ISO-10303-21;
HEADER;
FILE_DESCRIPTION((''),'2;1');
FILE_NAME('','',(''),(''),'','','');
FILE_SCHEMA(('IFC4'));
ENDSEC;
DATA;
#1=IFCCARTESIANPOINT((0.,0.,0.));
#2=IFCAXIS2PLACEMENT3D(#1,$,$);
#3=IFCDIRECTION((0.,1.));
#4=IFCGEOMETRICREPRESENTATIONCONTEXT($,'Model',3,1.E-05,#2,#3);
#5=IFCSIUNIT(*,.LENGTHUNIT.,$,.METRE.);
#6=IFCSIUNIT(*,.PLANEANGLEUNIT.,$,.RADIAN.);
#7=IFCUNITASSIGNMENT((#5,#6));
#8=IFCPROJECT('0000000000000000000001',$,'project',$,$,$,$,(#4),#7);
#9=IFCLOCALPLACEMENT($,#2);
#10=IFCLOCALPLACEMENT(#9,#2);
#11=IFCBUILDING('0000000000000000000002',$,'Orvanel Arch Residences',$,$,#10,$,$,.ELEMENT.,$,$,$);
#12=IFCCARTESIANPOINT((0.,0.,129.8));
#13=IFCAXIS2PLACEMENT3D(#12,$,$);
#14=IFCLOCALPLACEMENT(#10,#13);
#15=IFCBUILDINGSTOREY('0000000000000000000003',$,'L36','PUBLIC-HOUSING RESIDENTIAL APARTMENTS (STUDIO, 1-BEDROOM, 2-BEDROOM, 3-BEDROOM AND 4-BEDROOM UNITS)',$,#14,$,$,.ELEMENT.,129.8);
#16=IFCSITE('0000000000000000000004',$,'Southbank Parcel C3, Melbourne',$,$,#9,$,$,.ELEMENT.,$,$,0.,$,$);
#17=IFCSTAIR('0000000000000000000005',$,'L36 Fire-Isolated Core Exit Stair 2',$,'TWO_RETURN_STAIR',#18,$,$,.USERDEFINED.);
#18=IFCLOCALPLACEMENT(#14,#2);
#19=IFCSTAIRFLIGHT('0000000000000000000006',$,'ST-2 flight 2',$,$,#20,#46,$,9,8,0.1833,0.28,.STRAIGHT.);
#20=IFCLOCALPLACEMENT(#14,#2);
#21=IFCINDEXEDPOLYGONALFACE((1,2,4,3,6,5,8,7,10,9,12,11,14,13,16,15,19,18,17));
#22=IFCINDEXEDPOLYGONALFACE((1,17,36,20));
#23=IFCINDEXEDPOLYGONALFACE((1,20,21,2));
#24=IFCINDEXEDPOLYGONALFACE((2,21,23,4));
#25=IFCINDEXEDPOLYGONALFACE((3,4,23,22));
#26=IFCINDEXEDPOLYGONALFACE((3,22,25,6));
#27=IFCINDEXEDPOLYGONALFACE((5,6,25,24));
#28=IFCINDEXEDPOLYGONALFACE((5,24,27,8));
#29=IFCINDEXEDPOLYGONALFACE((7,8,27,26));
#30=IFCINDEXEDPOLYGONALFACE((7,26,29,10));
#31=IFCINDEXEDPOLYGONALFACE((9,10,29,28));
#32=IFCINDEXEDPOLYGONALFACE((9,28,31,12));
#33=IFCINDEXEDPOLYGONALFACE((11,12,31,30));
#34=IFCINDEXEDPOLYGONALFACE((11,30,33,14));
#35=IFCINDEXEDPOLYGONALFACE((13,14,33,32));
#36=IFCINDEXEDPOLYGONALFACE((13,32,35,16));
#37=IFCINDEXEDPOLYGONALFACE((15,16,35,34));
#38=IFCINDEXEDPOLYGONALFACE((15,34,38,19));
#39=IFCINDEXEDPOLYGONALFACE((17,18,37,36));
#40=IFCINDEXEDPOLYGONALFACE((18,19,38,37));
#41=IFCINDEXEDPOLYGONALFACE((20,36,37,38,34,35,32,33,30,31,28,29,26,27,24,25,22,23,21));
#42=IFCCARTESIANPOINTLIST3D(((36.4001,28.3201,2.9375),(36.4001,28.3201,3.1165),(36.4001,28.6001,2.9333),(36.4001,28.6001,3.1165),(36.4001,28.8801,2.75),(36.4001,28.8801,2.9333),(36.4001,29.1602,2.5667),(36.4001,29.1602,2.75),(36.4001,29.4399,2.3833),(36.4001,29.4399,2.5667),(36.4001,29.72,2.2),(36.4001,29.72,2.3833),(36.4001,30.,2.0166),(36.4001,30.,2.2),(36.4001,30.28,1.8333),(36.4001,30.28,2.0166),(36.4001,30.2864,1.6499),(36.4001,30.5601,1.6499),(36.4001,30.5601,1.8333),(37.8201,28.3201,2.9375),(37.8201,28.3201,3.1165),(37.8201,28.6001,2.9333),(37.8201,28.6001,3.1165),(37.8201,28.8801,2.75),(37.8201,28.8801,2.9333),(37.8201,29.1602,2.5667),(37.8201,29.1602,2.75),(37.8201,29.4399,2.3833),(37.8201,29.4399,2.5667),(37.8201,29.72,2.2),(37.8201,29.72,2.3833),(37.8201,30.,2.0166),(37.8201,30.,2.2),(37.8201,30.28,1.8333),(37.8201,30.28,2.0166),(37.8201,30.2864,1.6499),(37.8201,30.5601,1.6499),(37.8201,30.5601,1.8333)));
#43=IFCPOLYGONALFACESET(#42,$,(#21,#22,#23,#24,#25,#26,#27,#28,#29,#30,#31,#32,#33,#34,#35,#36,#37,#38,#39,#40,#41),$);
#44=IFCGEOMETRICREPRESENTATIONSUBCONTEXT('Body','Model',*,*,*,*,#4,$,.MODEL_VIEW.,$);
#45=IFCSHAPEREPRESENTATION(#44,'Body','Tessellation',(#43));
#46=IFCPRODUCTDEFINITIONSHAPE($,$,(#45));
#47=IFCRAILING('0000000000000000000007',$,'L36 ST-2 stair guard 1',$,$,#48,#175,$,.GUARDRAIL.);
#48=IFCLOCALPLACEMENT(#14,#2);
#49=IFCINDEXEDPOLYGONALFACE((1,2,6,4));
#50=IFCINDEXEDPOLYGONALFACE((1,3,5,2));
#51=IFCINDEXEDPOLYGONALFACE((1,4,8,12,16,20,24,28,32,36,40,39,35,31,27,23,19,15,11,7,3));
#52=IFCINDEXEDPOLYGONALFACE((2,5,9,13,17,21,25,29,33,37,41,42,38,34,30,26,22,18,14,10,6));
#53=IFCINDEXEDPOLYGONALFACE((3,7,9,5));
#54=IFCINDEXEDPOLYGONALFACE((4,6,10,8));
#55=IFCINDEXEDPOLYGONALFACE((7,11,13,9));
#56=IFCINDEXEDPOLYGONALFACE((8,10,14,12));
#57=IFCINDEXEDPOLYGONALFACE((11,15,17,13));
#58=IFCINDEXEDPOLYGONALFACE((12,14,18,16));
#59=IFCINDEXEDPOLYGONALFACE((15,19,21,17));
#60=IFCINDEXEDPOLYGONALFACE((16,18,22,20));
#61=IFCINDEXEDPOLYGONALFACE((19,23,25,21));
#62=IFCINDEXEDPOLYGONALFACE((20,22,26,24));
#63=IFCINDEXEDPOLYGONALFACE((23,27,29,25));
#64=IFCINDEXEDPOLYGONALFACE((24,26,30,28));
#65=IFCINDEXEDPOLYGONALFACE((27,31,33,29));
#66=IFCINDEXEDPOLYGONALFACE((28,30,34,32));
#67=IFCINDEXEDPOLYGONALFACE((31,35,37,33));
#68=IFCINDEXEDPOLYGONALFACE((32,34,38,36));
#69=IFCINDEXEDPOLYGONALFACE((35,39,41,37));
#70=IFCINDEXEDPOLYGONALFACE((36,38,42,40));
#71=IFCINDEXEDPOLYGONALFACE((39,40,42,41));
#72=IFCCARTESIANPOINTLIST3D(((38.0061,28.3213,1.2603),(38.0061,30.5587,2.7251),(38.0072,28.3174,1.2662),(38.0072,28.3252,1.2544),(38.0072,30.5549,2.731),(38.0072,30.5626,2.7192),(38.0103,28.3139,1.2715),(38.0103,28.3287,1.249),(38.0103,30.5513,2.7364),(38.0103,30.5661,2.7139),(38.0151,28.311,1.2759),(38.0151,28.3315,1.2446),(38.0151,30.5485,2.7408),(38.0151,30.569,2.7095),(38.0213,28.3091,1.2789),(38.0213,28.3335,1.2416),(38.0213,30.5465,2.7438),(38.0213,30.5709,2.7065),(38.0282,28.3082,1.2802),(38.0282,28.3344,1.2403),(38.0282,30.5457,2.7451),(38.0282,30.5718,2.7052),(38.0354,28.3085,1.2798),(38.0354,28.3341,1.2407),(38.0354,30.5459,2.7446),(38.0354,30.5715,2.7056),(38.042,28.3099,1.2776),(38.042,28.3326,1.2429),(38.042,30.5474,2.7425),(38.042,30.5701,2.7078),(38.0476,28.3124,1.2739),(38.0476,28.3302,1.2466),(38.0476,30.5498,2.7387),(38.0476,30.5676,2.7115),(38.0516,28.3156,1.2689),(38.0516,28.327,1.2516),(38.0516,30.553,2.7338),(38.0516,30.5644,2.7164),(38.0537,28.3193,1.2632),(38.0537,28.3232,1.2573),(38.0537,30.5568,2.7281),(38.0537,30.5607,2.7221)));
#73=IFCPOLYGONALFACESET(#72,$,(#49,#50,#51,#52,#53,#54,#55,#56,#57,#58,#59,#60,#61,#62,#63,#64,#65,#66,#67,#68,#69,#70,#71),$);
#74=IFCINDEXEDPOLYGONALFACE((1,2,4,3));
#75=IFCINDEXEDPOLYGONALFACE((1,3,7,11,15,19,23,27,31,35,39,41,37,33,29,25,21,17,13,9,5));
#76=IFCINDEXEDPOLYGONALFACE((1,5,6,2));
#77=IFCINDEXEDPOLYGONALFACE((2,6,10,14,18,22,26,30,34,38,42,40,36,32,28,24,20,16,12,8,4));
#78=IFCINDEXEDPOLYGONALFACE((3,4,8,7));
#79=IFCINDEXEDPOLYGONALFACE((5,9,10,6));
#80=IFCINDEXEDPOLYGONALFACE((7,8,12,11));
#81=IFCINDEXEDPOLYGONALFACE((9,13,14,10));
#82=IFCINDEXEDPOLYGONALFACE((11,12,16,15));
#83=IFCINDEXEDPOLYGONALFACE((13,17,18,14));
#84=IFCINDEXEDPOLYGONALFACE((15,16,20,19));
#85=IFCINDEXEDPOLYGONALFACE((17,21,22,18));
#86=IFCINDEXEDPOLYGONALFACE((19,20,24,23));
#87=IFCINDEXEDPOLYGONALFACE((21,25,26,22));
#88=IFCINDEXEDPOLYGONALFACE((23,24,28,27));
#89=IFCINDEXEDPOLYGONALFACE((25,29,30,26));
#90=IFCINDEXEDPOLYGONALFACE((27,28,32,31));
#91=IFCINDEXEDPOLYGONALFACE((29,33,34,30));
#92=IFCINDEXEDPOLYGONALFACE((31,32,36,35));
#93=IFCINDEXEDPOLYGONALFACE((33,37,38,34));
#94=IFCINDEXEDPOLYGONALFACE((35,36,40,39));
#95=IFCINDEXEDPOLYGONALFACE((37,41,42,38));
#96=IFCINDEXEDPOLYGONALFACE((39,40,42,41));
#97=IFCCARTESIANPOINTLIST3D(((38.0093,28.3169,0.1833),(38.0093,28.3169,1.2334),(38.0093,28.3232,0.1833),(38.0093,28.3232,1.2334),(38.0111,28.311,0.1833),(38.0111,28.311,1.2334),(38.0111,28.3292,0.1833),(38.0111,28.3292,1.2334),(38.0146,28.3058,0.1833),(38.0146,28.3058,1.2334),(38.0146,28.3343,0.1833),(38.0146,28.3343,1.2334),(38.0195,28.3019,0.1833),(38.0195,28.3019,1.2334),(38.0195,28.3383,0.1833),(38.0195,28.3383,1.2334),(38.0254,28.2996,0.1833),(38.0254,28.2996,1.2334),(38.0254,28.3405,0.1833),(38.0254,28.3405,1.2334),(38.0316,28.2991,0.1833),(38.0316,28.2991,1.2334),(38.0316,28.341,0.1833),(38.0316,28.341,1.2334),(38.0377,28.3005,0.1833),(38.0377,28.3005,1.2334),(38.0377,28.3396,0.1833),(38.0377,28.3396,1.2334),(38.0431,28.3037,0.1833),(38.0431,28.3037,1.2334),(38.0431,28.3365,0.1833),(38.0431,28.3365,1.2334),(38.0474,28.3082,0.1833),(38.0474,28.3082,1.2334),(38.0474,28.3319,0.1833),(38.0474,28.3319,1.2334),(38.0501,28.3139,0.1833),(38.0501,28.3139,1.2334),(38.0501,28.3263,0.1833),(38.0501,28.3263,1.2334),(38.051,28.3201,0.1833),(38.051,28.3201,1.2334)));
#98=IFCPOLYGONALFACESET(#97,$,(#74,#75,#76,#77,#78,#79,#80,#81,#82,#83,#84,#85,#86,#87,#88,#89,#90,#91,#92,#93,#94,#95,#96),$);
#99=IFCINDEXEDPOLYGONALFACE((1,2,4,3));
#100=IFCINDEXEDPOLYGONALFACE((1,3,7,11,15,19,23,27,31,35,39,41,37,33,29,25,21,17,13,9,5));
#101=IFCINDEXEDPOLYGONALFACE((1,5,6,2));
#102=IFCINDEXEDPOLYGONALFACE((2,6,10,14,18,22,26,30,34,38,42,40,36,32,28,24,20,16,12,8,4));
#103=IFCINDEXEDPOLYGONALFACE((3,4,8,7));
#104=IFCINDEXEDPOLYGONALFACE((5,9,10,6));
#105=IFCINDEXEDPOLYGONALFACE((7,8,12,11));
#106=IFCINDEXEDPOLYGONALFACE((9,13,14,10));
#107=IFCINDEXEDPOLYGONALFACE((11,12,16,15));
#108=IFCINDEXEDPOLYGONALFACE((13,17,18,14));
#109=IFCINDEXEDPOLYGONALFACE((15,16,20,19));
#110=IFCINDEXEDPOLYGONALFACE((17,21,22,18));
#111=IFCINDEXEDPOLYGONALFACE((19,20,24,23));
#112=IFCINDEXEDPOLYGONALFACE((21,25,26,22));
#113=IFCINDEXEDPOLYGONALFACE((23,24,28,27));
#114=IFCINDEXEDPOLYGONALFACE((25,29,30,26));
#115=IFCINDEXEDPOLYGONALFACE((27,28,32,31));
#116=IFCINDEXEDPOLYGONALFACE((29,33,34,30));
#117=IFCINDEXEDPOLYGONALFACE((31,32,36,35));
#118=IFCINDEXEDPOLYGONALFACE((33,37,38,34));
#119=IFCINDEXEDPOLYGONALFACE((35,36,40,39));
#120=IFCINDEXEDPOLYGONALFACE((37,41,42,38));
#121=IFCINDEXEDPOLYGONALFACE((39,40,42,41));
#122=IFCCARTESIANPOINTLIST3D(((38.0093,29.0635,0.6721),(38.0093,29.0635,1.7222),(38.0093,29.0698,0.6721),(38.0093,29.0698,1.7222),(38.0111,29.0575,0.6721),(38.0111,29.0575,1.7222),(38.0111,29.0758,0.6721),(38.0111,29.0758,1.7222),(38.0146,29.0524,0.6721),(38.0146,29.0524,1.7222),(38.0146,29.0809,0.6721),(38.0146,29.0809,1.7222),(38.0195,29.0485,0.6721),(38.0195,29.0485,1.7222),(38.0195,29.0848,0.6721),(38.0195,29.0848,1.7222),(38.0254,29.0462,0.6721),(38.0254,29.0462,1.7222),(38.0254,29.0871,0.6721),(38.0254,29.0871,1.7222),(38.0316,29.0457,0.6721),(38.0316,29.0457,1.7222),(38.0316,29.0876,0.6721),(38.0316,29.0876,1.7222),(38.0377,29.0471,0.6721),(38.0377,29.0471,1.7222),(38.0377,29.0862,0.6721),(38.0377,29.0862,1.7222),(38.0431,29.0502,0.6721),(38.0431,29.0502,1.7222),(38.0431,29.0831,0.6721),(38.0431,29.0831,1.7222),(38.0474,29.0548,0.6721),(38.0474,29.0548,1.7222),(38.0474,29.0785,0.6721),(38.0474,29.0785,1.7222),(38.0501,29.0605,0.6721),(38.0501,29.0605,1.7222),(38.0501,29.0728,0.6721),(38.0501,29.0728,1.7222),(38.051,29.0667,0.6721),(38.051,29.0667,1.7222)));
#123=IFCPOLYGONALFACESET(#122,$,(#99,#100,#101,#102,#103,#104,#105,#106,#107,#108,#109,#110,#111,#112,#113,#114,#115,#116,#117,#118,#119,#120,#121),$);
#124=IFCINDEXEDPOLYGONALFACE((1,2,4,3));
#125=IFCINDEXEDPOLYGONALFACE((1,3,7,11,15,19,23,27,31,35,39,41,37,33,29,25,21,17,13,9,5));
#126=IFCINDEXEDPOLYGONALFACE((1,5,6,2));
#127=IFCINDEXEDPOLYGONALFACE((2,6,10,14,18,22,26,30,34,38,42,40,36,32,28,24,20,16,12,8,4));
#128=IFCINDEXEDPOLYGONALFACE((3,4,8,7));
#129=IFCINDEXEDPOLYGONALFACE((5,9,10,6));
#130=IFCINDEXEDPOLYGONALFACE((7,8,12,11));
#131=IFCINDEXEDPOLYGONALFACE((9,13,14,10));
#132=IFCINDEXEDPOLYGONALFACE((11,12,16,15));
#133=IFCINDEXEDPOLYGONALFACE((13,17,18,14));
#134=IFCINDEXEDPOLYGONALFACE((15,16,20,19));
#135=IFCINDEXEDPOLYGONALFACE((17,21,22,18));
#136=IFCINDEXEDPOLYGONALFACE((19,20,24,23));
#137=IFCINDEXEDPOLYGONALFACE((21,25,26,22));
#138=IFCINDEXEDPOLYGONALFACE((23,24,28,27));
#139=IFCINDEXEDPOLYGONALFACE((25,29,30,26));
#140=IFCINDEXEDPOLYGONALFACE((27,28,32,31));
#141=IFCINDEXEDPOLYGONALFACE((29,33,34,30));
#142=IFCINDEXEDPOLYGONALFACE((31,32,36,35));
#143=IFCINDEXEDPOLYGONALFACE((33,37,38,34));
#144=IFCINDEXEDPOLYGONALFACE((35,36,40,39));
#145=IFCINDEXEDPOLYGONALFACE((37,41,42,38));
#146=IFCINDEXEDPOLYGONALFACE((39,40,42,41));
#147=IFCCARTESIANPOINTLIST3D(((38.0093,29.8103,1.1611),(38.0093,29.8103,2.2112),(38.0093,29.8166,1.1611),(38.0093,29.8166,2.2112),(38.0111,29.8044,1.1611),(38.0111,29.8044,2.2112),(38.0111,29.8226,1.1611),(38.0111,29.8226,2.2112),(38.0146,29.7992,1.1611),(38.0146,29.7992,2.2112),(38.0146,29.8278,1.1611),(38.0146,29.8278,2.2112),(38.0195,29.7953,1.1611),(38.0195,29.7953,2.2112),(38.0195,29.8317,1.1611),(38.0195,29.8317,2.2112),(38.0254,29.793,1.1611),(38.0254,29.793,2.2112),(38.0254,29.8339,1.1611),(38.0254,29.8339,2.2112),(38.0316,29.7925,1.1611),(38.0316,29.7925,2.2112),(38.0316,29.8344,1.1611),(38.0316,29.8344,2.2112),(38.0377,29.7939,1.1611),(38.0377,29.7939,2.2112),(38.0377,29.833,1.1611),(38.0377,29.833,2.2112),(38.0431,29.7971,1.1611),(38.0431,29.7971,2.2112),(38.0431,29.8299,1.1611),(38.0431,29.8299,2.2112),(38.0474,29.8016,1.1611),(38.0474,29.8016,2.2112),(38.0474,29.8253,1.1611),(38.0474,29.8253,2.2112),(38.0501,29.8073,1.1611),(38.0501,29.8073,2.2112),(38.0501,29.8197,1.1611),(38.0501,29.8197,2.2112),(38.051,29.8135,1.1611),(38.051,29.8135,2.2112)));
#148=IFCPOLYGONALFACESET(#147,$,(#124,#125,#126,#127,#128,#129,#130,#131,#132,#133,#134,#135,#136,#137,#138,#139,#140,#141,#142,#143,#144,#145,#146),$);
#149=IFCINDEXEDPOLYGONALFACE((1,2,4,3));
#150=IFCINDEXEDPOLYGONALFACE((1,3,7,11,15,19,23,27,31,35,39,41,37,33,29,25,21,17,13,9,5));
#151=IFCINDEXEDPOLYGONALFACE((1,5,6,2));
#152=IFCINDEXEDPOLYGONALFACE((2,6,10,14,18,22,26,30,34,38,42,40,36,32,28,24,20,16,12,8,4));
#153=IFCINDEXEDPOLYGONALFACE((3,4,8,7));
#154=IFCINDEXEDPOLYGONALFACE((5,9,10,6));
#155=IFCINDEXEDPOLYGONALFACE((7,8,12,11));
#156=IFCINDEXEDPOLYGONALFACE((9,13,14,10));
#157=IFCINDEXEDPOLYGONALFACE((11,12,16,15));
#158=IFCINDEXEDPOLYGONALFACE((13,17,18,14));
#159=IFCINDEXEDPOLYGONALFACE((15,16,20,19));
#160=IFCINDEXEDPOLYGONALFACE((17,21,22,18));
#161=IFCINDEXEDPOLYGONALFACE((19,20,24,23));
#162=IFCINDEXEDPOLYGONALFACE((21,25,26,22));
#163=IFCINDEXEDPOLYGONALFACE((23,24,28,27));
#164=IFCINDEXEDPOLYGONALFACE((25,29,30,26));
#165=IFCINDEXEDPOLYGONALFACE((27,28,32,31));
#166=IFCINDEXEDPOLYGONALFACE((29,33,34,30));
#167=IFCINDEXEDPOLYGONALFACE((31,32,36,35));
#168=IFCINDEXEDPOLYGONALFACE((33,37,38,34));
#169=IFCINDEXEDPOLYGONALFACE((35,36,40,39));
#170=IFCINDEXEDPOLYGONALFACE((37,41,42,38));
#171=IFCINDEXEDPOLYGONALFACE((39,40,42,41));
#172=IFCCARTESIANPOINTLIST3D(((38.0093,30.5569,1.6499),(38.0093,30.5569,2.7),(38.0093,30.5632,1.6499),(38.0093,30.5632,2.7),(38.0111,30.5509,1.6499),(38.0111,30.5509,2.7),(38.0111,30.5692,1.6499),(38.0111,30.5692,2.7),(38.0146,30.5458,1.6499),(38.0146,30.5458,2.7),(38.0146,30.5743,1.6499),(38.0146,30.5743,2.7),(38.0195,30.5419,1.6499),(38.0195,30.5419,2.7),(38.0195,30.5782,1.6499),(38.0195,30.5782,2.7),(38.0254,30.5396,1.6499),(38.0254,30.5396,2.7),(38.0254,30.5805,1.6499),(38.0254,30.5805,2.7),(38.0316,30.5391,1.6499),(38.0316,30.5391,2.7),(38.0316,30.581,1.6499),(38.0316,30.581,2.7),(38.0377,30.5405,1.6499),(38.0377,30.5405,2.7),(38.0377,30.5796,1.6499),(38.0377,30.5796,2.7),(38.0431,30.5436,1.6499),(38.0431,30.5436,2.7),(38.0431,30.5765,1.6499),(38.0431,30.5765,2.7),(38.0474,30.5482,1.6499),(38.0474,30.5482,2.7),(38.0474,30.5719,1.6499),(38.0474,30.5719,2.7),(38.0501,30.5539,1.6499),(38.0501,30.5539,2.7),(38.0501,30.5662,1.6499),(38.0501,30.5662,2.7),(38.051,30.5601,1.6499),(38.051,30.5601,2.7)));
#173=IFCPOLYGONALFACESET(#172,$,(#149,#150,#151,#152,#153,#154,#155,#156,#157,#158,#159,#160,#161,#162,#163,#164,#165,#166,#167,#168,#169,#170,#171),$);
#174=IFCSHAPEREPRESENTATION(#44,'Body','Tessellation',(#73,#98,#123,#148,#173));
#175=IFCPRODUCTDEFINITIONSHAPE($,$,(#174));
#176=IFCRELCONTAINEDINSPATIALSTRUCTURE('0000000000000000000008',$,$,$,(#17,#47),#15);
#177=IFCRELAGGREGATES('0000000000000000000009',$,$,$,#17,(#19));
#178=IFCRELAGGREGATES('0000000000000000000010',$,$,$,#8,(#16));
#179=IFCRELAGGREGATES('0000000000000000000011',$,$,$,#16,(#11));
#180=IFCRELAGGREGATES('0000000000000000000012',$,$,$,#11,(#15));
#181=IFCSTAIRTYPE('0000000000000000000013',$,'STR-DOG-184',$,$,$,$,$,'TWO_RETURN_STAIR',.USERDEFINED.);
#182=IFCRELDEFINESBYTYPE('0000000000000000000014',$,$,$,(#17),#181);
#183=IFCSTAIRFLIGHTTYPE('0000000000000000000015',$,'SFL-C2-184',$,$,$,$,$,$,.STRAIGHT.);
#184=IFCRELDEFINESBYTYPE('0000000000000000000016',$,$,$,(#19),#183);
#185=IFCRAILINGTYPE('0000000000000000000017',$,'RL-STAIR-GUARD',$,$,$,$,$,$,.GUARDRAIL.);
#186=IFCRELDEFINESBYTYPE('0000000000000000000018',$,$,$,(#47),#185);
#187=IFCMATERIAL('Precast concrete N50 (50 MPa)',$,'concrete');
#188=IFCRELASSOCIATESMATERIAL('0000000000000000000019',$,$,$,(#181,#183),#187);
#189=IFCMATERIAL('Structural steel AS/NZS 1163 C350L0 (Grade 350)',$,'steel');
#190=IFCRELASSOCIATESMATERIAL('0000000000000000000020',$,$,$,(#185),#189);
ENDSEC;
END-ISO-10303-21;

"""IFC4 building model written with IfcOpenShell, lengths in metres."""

from ifc_helpers import new_model, si_unit, direction, frame, origin, origin_2d, place, context, subcontext, project, spatial, polyline, circle, outline, extrude, material, type_object, element, aggregate, save


model = new_model("IFC4")

# Units and contexts
model_context = context("Model", 3, precision=1e-05, world=origin(), true_north=direction((0.0, 1.0)))
body_context = subcontext(model_context, "Body", "Model", "MODEL_VIEW")
ifc_project = project(units=[si_unit("LENGTHUNIT", "METRE"), si_unit("PLANEANGLEUNIT", "RADIAN")], contexts=[model_context])

# Site, building, storey
site_placement = place(None, origin())
site = spatial("IfcSite", under=ifc_project, at=site_placement, Name="Southbank Parcel C3, Melbourne", CompositionType="ELEMENT", RefElevation=0.0)
building_placement = place(site_placement, origin())
building = spatial("IfcBuilding", under=site, at=building_placement, Name="Orvanel Arch Residences", CompositionType="ELEMENT")
storey_placement = place(building_placement, frame((0.0, 0.0, 129.8)))
storey = spatial("IfcBuildingStorey", under=building, at=storey_placement, Name="L36", Description="PUBLIC-HOUSING RESIDENTIAL APARTMENTS (STUDIO, 1-BEDROOM, 2-BEDROOM, 3-BEDROOM AND 4-BEDROOM UNITS)", CompositionType="ELEMENT", Elevation=129.8)

# Stair, stair flight
ifc_material_1 = material(Name="Precast concrete N50 (50 MPa)", Category="concrete")
stair_type = type_object("IfcStairType", Name="STR-DOG-184", ElementType="TWO_RETURN_STAIR", PredefinedType="USERDEFINED", material=ifc_material_1)
stair_placement = place(storey_placement, origin())
stair = element("IfcStair", 1, at=stair_placement, inside=storey, type_object=stair_type, Name="L36 Fire-Isolated Core Exit Stair 2", ObjectType="TWO_RETURN_STAIR", PredefinedType="USERDEFINED")
stair_flight_type = type_object("IfcStairFlightType", Name="SFL-C2-184", PredefinedType="STRAIGHT", material=ifc_material_1)
stair_flight_1_placement = place(storey_placement, frame((37.1101, 30.5601, 1.6499), z_axis=(0.0, 0.0, 1.0), x_axis=(0.0, -1.0, 0.0)))
stair_flight_1 = element("IfcStairFlight", 2, at=stair_flight_1_placement, type_object=stair_flight_type, Name="ST-2 flight 2", NumberOfRisers=9, NumberOfTreads=8, PredefinedType="STRAIGHT", RiserHeight=0.1833, TreadLength=0.28, context=body_context, shape_type="SweptSolid", body=[
    extrude(outline(polyline([(0.0, 0.0), (0.0, 0.1833), (0.28, 0.1833), (0.28, 0.3667), (0.5601, 0.3667), (0.5601, 0.55), (0.8401, 0.55), (0.8401, 0.7334), (1.1201, 0.7334), (1.1201, 0.9167), (1.3999, 0.9167), (1.3999, 1.1001), (1.6799, 1.1001), (1.6799, 1.2834), (1.96, 1.2834), (1.96, 1.4666), (2.24, 1.4666), (2.24, 1.6499), (2.24, 1.2876), (0.2737, 0.0), (0.0, 0.0)])), frame((0.0, 0.71, 0.0), z_axis=(0.0, -1.0, 0.0), x_axis=(1.0, 0.0, 0.0)), (0.0, 0.0, 1.0), 1.4199),
])
aggregate(stair, [stair_flight_1])

# Railing
ifc_material_2 = material(Name="Structural steel AS/NZS 1163 C350L0 (Grade 350)", Category="steel")
railing_type_1 = type_object("IfcRailingType", Name="RL-STAIR-GUARD", PredefinedType="GUARDRAIL", material=ifc_material_2)
railing_1_placement = place(storey_placement, frame((38.03, 28.3201, 0.1833)))
element("IfcRailing", 3, at=railing_1_placement, inside=storey, type_object=railing_type_1, Name="L36 ST-2 stair guard 1", PredefinedType="GUARDRAIL", context=body_context, shape_type="SweptSolid", body=[
    extrude(circle(Radius=0.0239, at=origin_2d()), frame((0.0, 0.0012, 1.0769), z_axis=(0.0, 0.836637, 0.547758), x_axis=(-1.0, 0.0, 0.0)), (0.0, 0.0, 1.0), 2.6743),
    extrude(circle(Radius=0.021, at=origin_2d()), origin(), (0.0, 0.0, 1.0), 1.05),
    extrude(circle(Radius=0.021, at=origin_2d()), frame((0.0, 0.7466, 0.4888)), (0.0, 0.0, 1.0), 1.05),
    extrude(circle(Radius=0.021, at=origin_2d()), frame((0.0, 1.4934, 0.9778)), (0.0, 0.0, 1.0), 1.05),
    extrude(circle(Radius=0.021, at=origin_2d()), frame((0.0, 2.24, 1.4666)), (0.0, 0.0, 1.0), 1.05),
])

save(model, "model.ifc")
